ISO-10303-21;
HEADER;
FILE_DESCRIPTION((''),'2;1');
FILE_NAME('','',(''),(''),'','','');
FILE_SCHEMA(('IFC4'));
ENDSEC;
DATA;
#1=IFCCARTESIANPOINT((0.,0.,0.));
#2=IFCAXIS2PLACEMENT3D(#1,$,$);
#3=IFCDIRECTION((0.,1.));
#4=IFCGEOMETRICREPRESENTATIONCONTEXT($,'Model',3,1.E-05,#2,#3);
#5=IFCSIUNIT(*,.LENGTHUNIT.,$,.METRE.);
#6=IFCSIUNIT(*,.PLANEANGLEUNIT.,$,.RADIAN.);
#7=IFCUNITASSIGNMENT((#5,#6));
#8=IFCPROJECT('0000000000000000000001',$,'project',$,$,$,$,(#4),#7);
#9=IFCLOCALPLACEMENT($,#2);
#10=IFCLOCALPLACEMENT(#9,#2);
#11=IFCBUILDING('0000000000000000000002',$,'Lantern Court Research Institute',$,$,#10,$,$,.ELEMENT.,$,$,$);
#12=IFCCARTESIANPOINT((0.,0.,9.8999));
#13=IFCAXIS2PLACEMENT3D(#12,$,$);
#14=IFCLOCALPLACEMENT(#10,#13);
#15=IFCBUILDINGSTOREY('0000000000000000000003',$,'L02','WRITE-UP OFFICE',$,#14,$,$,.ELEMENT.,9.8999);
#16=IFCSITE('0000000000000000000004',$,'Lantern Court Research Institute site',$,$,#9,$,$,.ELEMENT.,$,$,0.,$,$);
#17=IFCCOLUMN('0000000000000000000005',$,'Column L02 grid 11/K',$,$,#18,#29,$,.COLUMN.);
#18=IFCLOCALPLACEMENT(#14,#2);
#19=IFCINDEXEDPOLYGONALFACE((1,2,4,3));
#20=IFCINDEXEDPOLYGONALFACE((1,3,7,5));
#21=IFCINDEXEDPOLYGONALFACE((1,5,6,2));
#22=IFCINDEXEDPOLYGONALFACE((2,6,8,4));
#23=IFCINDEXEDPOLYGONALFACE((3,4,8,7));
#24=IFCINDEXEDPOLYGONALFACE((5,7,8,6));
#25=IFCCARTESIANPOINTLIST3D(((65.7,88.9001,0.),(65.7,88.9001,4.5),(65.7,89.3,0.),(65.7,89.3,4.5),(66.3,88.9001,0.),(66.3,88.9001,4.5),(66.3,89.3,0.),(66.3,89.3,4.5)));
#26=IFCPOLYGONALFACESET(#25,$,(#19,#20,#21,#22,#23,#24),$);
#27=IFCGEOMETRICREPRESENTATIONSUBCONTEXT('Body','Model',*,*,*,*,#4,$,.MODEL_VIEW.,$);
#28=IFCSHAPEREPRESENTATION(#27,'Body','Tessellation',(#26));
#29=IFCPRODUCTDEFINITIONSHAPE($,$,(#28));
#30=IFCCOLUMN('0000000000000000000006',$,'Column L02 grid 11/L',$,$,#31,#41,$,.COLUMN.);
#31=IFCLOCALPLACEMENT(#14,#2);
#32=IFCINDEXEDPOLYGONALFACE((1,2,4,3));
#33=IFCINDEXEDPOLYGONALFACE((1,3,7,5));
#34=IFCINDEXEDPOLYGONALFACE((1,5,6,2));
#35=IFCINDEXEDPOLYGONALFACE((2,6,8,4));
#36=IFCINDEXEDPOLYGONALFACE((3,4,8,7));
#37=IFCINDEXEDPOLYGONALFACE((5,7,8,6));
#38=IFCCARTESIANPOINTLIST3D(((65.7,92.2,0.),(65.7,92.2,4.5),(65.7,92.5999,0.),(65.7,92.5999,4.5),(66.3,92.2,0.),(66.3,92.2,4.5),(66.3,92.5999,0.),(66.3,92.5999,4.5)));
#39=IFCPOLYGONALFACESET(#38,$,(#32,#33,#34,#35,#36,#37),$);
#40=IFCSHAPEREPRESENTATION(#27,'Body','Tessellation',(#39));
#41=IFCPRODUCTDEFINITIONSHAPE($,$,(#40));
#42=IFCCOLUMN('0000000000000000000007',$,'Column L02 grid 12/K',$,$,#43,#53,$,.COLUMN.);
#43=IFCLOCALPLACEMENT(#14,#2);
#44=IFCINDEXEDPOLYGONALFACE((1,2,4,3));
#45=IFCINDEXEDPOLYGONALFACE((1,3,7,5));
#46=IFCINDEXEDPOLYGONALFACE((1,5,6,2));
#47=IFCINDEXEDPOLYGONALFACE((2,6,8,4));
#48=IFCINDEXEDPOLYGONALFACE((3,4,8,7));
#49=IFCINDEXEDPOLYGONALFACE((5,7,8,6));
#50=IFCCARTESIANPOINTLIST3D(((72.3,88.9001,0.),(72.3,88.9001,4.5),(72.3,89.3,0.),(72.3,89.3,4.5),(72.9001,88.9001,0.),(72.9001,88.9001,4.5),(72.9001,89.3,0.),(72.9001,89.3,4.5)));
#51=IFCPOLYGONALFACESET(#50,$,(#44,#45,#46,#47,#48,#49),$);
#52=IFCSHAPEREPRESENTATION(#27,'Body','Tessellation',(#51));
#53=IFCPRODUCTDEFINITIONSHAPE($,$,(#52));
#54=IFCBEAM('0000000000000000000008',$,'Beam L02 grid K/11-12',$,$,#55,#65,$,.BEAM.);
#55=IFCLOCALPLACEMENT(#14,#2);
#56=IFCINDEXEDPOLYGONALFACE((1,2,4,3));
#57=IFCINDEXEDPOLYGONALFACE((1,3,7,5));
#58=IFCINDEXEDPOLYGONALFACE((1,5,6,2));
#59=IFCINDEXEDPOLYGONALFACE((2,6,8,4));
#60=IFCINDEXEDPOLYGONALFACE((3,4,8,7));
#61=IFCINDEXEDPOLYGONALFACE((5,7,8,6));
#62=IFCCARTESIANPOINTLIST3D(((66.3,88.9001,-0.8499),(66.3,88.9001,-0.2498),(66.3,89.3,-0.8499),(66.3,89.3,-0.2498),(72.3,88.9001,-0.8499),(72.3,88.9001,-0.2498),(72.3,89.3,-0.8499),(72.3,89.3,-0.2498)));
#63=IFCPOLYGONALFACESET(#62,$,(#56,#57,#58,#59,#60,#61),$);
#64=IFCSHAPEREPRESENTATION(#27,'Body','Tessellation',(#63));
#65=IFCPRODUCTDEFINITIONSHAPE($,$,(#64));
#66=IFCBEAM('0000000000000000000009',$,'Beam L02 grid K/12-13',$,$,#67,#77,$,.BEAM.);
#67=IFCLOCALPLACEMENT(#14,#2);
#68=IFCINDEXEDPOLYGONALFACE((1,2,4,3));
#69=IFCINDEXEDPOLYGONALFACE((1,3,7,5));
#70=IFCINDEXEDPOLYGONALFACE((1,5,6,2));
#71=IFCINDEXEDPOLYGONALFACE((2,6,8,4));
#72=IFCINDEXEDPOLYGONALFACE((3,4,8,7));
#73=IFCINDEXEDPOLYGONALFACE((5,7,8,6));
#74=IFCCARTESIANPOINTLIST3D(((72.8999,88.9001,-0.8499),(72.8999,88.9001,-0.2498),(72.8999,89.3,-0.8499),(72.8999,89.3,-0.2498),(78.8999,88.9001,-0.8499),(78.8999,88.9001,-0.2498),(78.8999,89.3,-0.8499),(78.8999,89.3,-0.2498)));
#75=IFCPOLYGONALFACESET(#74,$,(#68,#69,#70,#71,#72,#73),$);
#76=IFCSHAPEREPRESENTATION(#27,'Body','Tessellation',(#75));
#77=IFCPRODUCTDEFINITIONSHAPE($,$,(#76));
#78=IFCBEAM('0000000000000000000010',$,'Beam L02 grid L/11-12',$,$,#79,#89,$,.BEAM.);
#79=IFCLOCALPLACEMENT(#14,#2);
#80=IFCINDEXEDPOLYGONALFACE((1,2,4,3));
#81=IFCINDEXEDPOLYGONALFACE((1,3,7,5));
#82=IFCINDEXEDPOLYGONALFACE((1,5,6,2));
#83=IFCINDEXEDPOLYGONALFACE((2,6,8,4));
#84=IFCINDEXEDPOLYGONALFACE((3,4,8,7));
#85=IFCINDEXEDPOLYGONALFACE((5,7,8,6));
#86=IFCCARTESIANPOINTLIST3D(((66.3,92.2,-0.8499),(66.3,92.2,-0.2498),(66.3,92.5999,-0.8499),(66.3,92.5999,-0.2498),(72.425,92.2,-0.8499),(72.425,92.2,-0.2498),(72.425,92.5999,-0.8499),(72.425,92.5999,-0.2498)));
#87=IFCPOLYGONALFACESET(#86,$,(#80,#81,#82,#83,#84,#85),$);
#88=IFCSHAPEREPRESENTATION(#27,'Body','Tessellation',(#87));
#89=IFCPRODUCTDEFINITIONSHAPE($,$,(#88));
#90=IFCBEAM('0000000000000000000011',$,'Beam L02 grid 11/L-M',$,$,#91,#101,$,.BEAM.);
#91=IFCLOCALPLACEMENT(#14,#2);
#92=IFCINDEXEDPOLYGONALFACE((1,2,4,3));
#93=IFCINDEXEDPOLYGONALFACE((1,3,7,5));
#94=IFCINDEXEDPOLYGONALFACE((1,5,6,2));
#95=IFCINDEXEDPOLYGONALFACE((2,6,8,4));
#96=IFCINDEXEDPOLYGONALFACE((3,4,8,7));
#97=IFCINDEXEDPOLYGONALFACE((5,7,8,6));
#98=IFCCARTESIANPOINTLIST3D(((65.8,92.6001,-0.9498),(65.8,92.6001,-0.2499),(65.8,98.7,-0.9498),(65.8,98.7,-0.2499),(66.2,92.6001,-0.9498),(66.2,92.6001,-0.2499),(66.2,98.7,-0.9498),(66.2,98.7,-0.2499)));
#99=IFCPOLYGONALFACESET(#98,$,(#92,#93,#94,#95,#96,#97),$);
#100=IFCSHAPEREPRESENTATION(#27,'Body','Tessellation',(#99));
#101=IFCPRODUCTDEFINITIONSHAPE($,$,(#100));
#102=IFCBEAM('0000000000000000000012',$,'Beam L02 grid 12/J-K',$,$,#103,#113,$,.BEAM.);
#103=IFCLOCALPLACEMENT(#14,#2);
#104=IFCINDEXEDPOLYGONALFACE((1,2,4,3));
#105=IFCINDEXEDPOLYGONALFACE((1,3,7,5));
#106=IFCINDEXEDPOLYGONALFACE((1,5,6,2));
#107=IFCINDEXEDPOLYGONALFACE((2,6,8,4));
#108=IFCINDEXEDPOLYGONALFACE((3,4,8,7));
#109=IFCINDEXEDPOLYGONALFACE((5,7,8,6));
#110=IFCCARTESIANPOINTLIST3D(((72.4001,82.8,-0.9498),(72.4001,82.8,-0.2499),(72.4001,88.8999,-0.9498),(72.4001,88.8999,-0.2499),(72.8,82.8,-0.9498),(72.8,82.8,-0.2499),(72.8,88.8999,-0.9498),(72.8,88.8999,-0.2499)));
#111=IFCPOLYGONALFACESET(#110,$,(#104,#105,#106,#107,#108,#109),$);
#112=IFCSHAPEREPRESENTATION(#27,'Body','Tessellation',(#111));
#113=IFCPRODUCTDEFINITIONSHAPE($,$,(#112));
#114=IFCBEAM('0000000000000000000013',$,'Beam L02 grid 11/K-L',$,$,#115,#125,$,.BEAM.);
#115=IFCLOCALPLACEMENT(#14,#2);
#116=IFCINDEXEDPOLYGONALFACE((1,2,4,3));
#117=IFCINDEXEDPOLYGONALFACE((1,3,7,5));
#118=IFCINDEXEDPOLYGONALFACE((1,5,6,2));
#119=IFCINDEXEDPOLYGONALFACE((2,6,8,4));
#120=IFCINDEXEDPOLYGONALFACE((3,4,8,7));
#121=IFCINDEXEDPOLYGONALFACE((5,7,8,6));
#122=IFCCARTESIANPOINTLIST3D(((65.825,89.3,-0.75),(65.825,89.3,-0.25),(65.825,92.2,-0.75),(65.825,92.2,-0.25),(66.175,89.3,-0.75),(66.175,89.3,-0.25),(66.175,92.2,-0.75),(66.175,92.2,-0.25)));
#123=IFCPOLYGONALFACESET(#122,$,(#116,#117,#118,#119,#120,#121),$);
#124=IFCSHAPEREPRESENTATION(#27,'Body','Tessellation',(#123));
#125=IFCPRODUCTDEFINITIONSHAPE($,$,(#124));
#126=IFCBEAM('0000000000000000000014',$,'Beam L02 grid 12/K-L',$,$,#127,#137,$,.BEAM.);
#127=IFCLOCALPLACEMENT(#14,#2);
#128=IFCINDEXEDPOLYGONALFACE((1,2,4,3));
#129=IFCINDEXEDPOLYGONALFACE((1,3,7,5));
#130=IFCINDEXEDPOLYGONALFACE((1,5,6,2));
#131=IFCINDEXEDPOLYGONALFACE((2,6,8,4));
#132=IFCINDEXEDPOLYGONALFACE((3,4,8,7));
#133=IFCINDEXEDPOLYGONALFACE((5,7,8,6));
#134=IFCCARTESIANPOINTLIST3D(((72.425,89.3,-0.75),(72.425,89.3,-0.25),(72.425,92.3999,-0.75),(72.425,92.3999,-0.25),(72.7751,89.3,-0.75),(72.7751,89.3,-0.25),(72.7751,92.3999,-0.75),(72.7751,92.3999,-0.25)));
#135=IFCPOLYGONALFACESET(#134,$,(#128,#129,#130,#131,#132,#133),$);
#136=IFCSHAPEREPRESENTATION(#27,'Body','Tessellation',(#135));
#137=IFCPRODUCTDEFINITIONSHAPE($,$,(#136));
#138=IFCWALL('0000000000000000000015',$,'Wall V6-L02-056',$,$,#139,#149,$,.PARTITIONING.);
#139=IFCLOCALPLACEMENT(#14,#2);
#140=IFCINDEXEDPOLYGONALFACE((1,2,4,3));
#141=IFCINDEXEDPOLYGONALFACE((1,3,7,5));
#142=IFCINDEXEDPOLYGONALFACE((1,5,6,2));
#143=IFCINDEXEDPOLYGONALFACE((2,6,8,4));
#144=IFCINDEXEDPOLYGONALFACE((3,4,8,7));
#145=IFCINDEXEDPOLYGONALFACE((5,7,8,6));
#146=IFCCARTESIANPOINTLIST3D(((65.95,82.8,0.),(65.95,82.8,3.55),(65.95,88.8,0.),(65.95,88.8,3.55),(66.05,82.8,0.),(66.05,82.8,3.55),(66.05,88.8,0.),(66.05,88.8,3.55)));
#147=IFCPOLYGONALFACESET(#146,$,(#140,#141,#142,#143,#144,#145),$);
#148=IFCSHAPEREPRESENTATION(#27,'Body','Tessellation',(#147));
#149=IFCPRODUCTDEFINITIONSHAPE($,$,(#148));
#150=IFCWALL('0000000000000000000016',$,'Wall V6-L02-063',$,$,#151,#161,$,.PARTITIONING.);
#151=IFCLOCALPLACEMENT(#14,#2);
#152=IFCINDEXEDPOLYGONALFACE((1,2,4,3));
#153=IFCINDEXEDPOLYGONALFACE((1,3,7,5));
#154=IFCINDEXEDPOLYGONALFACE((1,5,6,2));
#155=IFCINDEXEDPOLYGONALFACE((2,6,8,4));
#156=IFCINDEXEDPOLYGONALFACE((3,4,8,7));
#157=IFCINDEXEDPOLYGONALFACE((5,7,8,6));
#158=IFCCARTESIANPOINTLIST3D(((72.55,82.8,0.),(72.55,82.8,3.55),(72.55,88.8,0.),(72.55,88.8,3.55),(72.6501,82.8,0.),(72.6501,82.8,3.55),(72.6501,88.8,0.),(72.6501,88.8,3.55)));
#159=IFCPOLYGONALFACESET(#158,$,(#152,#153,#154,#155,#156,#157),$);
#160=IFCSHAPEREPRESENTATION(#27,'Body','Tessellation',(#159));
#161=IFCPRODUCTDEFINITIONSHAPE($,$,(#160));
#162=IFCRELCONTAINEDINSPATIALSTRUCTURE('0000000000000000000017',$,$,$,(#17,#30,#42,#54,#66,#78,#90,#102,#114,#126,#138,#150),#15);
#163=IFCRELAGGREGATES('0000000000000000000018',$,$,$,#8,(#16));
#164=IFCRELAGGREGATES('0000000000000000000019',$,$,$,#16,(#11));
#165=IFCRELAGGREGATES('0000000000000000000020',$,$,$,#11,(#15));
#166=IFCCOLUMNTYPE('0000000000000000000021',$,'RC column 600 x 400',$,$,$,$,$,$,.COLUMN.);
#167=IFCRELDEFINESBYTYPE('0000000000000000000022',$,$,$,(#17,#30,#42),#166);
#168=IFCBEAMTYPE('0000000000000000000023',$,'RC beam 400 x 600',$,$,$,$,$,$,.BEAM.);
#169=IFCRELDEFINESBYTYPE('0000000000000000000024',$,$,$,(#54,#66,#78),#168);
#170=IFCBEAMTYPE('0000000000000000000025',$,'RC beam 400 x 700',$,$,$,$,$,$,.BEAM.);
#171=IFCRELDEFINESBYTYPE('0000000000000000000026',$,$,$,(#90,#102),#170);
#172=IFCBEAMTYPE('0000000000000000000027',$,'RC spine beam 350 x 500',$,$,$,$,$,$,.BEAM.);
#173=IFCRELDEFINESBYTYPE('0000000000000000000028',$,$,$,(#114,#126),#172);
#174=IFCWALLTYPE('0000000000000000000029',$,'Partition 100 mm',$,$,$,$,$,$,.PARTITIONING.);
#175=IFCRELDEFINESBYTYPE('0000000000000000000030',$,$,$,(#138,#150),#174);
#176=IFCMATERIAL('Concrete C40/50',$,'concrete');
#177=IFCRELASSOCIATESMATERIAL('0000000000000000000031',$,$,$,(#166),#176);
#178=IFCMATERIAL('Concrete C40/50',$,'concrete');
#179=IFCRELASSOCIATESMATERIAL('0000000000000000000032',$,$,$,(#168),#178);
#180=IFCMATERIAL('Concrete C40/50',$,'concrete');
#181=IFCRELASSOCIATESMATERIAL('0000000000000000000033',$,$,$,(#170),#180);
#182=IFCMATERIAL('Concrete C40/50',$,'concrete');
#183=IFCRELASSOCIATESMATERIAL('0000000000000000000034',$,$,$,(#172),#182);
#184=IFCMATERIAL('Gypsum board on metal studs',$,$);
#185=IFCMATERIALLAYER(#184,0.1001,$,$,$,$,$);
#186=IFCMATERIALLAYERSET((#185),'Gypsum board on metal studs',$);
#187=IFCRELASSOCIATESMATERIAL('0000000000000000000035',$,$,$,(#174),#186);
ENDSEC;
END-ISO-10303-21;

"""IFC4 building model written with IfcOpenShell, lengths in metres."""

from ifc_helpers import new_model, si_unit, direction, frame, frame_2d, origin, origin_2d, place, context, subcontext, project, spatial, rectangle, extrude, material, layer, layer_set, material_profile, profile_set, type_object, element, save


model = new_model("IFC4")

# Units and contexts
model_context = context("Model", 3, precision=1e-05, world=origin(), true_north=direction((0.0, 1.0)))
body_context = subcontext(model_context, "Body", "Model", "MODEL_VIEW")
ifc_project = project(units=[si_unit("LENGTHUNIT", "METRE"), si_unit("PLANEANGLEUNIT", "RADIAN")], contexts=[model_context])

# Site, building, storey
site_placement = place(None, origin())
site = spatial("IfcSite", under=ifc_project, at=site_placement, Name="Lantern Court Research Institute site", CompositionType="ELEMENT", RefElevation=0.0)
building_placement = place(site_placement, origin())
building = spatial("IfcBuilding", under=site, at=building_placement, Name="Lantern Court Research Institute", CompositionType="ELEMENT")
storey_placement = place(building_placement, frame((0.0, 0.0, 9.8999)))
storey = spatial("IfcBuildingStorey", under=building, at=storey_placement, Name="L02", Description="WRITE-UP OFFICE", CompositionType="ELEMENT", Elevation=9.8999)

# Columns
ifc_material_1 = material(Name="Concrete C40/50", Category="concrete")
ifc_material_profile_1 = material_profile(ifc_material_1, rectangle(XDim=0.6001, YDim=0.3999, at=origin_2d()), Name="RC column 600 x 400")
ifc_profile_set_1 = profile_set([ifc_material_profile_1], Name="Concrete C40/50")
column_type = type_object("IfcColumnType", Name="RC column 600 x 400", PredefinedType="COLUMN", material=ifc_profile_set_1)
for number, where, z_axis, x_axis, name in (
    (1, (66.0, 89.1001, 0.0), (0.0, 0.0, 1.0), (1.0, 0.0, 0.0), "Column L02 grid 11/K"),
    (2, (66.0, 92.3999, 0.0), (0.0, 0.0, 1.0), (1.0, 0.0, 0.0), "Column L02 grid 11/L"),
    (3, (72.6001, 89.1001, 0.0), (0.0, 0.0, 1.0), (1.0, 0.0, 0.0), "Column L02 grid 12/K"),
):
    element("IfcColumn", number, at=place(storey_placement, frame(where, z_axis=z_axis, x_axis=x_axis)), inside=storey, type_object=column_type, Name=name, PredefinedType="COLUMN", context=body_context, shape_type="SweptSolid", body=[
        extrude(rectangle(XDim=0.6001, YDim=0.3999, at=origin_2d()), origin(), (0.0, 0.0, 1.0), 4.5),
    ])

# Beams
ifc_material_2 = material(Name="Concrete C40/50", Category="concrete")
ifc_material_profile_2 = material_profile(ifc_material_2, rectangle(XDim=0.3999, YDim=0.6001, at=origin_2d()), Name="RC beam 400 x 600")
ifc_profile_set_2 = profile_set([ifc_material_profile_2], Name="Concrete C40/50")
beam_type_1 = type_object("IfcBeamType", Name="RC beam 400 x 600", PredefinedType="BEAM", material=ifc_profile_set_2)
for number, where, z_axis, x_axis, name in (
    (4, (66.3, 89.1001, -0.5498), (1.0, 0.0, 0.0), (0.0, 1.0, 0.0), "Beam L02 grid K/11-12"),
    (5, (72.8999, 89.1001, -0.5498), (1.0, 0.0, 0.0), (0.0, 1.0, 0.0), "Beam L02 grid K/12-13"),
):
    element("IfcBeam", number, at=place(storey_placement, frame(where, z_axis=z_axis, x_axis=x_axis)), inside=storey, type_object=beam_type_1, Name=name, PredefinedType="BEAM", context=body_context, shape_type="SweptSolid", body=[
        extrude(rectangle(XDim=0.3999, YDim=0.6001, at=origin_2d()), origin(), (0.0, 0.0, 1.0), 6.0),
    ])
beam_1_placement = place(storey_placement, frame((66.3, 92.3999, -0.5498), z_axis=(1.0, 0.0, 0.0), x_axis=(0.0, 1.0, 0.0)))
element("IfcBeam", 6, at=beam_1_placement, inside=storey, type_object=beam_type_1, Name="Beam L02 grid L/11-12", PredefinedType="BEAM", context=body_context, shape_type="SweptSolid", body=[
    extrude(rectangle(XDim=0.3999, YDim=0.6001, at=origin_2d()), origin(), (0.0, 0.0, 1.0), 6.125),
])
ifc_material_3 = material(Name="Concrete C40/50", Category="concrete")
ifc_material_profile_3 = material_profile(ifc_material_3, rectangle(XDim=0.3999, YDim=0.7, at=origin_2d()), Name="RC beam 400 x 700")
ifc_profile_set_3 = profile_set([ifc_material_profile_3], Name="Concrete C40/50")
beam_type_2 = type_object("IfcBeamType", Name="RC beam 400 x 700", PredefinedType="BEAM", material=ifc_profile_set_3)
for number, where, z_axis, x_axis, name in (
    (7, (66.0, 92.6001, -0.5999), (0.0, 1.0, 0.0), (-1.0, 0.0, 0.0), "Beam L02 grid 11/L-M"),
    (8, (72.6001, 82.8, -0.5999), (0.0, 1.0, 0.0), (-1.0, 0.0, 0.0), "Beam L02 grid 12/J-K"),
):
    element("IfcBeam", number, at=place(storey_placement, frame(where, z_axis=z_axis, x_axis=x_axis)), inside=storey, type_object=beam_type_2, Name=name, PredefinedType="BEAM", context=body_context, shape_type="SweptSolid", body=[
        extrude(rectangle(XDim=0.3999, YDim=0.7, at=origin_2d()), origin(), (0.0, 0.0, 1.0), 6.0999),
    ])
ifc_material_4 = material(Name="Concrete C40/50", Category="concrete")
ifc_material_profile_4 = material_profile(ifc_material_4, rectangle(XDim=0.3501, YDim=0.5, at=origin_2d()), Name="RC beam 350 x 500")
ifc_profile_set_4 = profile_set([ifc_material_profile_4], Name="Concrete C40/50")
beam_type_3 = type_object("IfcBeamType", Name="RC spine beam 350 x 500", PredefinedType="BEAM", material=ifc_profile_set_4)
beam_2_placement = place(storey_placement, frame((66.0, 89.3, -0.5), z_axis=(0.0, 1.0, 0.0), x_axis=(-1.0, 0.0, 0.0)))
element("IfcBeam", 9, at=beam_2_placement, inside=storey, type_object=beam_type_3, Name="Beam L02 grid 11/K-L", PredefinedType="BEAM", context=body_context, shape_type="SweptSolid", body=[
    extrude(rectangle(XDim=0.3501, YDim=0.5, at=origin_2d()), origin(), (0.0, 0.0, 1.0), 2.8999),
])
beam_3_placement = place(storey_placement, frame((72.6001, 89.3, -0.5), z_axis=(0.0, 1.0, 0.0), x_axis=(-1.0, 0.0, 0.0)))
element("IfcBeam", 10, at=beam_3_placement, inside=storey, type_object=beam_type_3, Name="Beam L02 grid 12/K-L", PredefinedType="BEAM", context=body_context, shape_type="SweptSolid", body=[
    extrude(rectangle(XDim=0.3501, YDim=0.5, at=origin_2d()), origin(), (0.0, 0.0, 1.0), 3.0999),
])

# Walls
ifc_material_5 = material(Name="Gypsum board on metal studs")
ifc_layer_1 = layer(ifc_material_5, 0.1001)
ifc_layer_set_1 = layer_set([ifc_layer_1], Name="Gypsum board on metal studs")
wall_type_1 = type_object("IfcWallType", Name="Partition 100 mm", PredefinedType="PARTITIONING", material=ifc_layer_set_1)
for number, where, z_axis, x_axis, name in (
    (11, (66.0, 82.8, 0.0), (0.0, 0.0, 1.0), (0.0, 1.0, 0.0), "Wall V6-L02-056"),
    (12, (72.6001, 82.8, 0.0), (0.0, 0.0, 1.0), (0.0, 1.0, 0.0), "Wall V6-L02-063"),
):
    element("IfcWall", number, at=place(storey_placement, frame(where, z_axis=z_axis, x_axis=x_axis)), inside=storey, type_object=wall_type_1, Name=name, PredefinedType="PARTITIONING", context=body_context, shape_type="SweptSolid", body=[
        extrude(rectangle(XDim=6.0, YDim=0.1001, at=frame_2d((3.0, 0.0))), origin(), (0.0, 0.0, 1.0), 3.55),
    ])

save(model, "model.ifc")
